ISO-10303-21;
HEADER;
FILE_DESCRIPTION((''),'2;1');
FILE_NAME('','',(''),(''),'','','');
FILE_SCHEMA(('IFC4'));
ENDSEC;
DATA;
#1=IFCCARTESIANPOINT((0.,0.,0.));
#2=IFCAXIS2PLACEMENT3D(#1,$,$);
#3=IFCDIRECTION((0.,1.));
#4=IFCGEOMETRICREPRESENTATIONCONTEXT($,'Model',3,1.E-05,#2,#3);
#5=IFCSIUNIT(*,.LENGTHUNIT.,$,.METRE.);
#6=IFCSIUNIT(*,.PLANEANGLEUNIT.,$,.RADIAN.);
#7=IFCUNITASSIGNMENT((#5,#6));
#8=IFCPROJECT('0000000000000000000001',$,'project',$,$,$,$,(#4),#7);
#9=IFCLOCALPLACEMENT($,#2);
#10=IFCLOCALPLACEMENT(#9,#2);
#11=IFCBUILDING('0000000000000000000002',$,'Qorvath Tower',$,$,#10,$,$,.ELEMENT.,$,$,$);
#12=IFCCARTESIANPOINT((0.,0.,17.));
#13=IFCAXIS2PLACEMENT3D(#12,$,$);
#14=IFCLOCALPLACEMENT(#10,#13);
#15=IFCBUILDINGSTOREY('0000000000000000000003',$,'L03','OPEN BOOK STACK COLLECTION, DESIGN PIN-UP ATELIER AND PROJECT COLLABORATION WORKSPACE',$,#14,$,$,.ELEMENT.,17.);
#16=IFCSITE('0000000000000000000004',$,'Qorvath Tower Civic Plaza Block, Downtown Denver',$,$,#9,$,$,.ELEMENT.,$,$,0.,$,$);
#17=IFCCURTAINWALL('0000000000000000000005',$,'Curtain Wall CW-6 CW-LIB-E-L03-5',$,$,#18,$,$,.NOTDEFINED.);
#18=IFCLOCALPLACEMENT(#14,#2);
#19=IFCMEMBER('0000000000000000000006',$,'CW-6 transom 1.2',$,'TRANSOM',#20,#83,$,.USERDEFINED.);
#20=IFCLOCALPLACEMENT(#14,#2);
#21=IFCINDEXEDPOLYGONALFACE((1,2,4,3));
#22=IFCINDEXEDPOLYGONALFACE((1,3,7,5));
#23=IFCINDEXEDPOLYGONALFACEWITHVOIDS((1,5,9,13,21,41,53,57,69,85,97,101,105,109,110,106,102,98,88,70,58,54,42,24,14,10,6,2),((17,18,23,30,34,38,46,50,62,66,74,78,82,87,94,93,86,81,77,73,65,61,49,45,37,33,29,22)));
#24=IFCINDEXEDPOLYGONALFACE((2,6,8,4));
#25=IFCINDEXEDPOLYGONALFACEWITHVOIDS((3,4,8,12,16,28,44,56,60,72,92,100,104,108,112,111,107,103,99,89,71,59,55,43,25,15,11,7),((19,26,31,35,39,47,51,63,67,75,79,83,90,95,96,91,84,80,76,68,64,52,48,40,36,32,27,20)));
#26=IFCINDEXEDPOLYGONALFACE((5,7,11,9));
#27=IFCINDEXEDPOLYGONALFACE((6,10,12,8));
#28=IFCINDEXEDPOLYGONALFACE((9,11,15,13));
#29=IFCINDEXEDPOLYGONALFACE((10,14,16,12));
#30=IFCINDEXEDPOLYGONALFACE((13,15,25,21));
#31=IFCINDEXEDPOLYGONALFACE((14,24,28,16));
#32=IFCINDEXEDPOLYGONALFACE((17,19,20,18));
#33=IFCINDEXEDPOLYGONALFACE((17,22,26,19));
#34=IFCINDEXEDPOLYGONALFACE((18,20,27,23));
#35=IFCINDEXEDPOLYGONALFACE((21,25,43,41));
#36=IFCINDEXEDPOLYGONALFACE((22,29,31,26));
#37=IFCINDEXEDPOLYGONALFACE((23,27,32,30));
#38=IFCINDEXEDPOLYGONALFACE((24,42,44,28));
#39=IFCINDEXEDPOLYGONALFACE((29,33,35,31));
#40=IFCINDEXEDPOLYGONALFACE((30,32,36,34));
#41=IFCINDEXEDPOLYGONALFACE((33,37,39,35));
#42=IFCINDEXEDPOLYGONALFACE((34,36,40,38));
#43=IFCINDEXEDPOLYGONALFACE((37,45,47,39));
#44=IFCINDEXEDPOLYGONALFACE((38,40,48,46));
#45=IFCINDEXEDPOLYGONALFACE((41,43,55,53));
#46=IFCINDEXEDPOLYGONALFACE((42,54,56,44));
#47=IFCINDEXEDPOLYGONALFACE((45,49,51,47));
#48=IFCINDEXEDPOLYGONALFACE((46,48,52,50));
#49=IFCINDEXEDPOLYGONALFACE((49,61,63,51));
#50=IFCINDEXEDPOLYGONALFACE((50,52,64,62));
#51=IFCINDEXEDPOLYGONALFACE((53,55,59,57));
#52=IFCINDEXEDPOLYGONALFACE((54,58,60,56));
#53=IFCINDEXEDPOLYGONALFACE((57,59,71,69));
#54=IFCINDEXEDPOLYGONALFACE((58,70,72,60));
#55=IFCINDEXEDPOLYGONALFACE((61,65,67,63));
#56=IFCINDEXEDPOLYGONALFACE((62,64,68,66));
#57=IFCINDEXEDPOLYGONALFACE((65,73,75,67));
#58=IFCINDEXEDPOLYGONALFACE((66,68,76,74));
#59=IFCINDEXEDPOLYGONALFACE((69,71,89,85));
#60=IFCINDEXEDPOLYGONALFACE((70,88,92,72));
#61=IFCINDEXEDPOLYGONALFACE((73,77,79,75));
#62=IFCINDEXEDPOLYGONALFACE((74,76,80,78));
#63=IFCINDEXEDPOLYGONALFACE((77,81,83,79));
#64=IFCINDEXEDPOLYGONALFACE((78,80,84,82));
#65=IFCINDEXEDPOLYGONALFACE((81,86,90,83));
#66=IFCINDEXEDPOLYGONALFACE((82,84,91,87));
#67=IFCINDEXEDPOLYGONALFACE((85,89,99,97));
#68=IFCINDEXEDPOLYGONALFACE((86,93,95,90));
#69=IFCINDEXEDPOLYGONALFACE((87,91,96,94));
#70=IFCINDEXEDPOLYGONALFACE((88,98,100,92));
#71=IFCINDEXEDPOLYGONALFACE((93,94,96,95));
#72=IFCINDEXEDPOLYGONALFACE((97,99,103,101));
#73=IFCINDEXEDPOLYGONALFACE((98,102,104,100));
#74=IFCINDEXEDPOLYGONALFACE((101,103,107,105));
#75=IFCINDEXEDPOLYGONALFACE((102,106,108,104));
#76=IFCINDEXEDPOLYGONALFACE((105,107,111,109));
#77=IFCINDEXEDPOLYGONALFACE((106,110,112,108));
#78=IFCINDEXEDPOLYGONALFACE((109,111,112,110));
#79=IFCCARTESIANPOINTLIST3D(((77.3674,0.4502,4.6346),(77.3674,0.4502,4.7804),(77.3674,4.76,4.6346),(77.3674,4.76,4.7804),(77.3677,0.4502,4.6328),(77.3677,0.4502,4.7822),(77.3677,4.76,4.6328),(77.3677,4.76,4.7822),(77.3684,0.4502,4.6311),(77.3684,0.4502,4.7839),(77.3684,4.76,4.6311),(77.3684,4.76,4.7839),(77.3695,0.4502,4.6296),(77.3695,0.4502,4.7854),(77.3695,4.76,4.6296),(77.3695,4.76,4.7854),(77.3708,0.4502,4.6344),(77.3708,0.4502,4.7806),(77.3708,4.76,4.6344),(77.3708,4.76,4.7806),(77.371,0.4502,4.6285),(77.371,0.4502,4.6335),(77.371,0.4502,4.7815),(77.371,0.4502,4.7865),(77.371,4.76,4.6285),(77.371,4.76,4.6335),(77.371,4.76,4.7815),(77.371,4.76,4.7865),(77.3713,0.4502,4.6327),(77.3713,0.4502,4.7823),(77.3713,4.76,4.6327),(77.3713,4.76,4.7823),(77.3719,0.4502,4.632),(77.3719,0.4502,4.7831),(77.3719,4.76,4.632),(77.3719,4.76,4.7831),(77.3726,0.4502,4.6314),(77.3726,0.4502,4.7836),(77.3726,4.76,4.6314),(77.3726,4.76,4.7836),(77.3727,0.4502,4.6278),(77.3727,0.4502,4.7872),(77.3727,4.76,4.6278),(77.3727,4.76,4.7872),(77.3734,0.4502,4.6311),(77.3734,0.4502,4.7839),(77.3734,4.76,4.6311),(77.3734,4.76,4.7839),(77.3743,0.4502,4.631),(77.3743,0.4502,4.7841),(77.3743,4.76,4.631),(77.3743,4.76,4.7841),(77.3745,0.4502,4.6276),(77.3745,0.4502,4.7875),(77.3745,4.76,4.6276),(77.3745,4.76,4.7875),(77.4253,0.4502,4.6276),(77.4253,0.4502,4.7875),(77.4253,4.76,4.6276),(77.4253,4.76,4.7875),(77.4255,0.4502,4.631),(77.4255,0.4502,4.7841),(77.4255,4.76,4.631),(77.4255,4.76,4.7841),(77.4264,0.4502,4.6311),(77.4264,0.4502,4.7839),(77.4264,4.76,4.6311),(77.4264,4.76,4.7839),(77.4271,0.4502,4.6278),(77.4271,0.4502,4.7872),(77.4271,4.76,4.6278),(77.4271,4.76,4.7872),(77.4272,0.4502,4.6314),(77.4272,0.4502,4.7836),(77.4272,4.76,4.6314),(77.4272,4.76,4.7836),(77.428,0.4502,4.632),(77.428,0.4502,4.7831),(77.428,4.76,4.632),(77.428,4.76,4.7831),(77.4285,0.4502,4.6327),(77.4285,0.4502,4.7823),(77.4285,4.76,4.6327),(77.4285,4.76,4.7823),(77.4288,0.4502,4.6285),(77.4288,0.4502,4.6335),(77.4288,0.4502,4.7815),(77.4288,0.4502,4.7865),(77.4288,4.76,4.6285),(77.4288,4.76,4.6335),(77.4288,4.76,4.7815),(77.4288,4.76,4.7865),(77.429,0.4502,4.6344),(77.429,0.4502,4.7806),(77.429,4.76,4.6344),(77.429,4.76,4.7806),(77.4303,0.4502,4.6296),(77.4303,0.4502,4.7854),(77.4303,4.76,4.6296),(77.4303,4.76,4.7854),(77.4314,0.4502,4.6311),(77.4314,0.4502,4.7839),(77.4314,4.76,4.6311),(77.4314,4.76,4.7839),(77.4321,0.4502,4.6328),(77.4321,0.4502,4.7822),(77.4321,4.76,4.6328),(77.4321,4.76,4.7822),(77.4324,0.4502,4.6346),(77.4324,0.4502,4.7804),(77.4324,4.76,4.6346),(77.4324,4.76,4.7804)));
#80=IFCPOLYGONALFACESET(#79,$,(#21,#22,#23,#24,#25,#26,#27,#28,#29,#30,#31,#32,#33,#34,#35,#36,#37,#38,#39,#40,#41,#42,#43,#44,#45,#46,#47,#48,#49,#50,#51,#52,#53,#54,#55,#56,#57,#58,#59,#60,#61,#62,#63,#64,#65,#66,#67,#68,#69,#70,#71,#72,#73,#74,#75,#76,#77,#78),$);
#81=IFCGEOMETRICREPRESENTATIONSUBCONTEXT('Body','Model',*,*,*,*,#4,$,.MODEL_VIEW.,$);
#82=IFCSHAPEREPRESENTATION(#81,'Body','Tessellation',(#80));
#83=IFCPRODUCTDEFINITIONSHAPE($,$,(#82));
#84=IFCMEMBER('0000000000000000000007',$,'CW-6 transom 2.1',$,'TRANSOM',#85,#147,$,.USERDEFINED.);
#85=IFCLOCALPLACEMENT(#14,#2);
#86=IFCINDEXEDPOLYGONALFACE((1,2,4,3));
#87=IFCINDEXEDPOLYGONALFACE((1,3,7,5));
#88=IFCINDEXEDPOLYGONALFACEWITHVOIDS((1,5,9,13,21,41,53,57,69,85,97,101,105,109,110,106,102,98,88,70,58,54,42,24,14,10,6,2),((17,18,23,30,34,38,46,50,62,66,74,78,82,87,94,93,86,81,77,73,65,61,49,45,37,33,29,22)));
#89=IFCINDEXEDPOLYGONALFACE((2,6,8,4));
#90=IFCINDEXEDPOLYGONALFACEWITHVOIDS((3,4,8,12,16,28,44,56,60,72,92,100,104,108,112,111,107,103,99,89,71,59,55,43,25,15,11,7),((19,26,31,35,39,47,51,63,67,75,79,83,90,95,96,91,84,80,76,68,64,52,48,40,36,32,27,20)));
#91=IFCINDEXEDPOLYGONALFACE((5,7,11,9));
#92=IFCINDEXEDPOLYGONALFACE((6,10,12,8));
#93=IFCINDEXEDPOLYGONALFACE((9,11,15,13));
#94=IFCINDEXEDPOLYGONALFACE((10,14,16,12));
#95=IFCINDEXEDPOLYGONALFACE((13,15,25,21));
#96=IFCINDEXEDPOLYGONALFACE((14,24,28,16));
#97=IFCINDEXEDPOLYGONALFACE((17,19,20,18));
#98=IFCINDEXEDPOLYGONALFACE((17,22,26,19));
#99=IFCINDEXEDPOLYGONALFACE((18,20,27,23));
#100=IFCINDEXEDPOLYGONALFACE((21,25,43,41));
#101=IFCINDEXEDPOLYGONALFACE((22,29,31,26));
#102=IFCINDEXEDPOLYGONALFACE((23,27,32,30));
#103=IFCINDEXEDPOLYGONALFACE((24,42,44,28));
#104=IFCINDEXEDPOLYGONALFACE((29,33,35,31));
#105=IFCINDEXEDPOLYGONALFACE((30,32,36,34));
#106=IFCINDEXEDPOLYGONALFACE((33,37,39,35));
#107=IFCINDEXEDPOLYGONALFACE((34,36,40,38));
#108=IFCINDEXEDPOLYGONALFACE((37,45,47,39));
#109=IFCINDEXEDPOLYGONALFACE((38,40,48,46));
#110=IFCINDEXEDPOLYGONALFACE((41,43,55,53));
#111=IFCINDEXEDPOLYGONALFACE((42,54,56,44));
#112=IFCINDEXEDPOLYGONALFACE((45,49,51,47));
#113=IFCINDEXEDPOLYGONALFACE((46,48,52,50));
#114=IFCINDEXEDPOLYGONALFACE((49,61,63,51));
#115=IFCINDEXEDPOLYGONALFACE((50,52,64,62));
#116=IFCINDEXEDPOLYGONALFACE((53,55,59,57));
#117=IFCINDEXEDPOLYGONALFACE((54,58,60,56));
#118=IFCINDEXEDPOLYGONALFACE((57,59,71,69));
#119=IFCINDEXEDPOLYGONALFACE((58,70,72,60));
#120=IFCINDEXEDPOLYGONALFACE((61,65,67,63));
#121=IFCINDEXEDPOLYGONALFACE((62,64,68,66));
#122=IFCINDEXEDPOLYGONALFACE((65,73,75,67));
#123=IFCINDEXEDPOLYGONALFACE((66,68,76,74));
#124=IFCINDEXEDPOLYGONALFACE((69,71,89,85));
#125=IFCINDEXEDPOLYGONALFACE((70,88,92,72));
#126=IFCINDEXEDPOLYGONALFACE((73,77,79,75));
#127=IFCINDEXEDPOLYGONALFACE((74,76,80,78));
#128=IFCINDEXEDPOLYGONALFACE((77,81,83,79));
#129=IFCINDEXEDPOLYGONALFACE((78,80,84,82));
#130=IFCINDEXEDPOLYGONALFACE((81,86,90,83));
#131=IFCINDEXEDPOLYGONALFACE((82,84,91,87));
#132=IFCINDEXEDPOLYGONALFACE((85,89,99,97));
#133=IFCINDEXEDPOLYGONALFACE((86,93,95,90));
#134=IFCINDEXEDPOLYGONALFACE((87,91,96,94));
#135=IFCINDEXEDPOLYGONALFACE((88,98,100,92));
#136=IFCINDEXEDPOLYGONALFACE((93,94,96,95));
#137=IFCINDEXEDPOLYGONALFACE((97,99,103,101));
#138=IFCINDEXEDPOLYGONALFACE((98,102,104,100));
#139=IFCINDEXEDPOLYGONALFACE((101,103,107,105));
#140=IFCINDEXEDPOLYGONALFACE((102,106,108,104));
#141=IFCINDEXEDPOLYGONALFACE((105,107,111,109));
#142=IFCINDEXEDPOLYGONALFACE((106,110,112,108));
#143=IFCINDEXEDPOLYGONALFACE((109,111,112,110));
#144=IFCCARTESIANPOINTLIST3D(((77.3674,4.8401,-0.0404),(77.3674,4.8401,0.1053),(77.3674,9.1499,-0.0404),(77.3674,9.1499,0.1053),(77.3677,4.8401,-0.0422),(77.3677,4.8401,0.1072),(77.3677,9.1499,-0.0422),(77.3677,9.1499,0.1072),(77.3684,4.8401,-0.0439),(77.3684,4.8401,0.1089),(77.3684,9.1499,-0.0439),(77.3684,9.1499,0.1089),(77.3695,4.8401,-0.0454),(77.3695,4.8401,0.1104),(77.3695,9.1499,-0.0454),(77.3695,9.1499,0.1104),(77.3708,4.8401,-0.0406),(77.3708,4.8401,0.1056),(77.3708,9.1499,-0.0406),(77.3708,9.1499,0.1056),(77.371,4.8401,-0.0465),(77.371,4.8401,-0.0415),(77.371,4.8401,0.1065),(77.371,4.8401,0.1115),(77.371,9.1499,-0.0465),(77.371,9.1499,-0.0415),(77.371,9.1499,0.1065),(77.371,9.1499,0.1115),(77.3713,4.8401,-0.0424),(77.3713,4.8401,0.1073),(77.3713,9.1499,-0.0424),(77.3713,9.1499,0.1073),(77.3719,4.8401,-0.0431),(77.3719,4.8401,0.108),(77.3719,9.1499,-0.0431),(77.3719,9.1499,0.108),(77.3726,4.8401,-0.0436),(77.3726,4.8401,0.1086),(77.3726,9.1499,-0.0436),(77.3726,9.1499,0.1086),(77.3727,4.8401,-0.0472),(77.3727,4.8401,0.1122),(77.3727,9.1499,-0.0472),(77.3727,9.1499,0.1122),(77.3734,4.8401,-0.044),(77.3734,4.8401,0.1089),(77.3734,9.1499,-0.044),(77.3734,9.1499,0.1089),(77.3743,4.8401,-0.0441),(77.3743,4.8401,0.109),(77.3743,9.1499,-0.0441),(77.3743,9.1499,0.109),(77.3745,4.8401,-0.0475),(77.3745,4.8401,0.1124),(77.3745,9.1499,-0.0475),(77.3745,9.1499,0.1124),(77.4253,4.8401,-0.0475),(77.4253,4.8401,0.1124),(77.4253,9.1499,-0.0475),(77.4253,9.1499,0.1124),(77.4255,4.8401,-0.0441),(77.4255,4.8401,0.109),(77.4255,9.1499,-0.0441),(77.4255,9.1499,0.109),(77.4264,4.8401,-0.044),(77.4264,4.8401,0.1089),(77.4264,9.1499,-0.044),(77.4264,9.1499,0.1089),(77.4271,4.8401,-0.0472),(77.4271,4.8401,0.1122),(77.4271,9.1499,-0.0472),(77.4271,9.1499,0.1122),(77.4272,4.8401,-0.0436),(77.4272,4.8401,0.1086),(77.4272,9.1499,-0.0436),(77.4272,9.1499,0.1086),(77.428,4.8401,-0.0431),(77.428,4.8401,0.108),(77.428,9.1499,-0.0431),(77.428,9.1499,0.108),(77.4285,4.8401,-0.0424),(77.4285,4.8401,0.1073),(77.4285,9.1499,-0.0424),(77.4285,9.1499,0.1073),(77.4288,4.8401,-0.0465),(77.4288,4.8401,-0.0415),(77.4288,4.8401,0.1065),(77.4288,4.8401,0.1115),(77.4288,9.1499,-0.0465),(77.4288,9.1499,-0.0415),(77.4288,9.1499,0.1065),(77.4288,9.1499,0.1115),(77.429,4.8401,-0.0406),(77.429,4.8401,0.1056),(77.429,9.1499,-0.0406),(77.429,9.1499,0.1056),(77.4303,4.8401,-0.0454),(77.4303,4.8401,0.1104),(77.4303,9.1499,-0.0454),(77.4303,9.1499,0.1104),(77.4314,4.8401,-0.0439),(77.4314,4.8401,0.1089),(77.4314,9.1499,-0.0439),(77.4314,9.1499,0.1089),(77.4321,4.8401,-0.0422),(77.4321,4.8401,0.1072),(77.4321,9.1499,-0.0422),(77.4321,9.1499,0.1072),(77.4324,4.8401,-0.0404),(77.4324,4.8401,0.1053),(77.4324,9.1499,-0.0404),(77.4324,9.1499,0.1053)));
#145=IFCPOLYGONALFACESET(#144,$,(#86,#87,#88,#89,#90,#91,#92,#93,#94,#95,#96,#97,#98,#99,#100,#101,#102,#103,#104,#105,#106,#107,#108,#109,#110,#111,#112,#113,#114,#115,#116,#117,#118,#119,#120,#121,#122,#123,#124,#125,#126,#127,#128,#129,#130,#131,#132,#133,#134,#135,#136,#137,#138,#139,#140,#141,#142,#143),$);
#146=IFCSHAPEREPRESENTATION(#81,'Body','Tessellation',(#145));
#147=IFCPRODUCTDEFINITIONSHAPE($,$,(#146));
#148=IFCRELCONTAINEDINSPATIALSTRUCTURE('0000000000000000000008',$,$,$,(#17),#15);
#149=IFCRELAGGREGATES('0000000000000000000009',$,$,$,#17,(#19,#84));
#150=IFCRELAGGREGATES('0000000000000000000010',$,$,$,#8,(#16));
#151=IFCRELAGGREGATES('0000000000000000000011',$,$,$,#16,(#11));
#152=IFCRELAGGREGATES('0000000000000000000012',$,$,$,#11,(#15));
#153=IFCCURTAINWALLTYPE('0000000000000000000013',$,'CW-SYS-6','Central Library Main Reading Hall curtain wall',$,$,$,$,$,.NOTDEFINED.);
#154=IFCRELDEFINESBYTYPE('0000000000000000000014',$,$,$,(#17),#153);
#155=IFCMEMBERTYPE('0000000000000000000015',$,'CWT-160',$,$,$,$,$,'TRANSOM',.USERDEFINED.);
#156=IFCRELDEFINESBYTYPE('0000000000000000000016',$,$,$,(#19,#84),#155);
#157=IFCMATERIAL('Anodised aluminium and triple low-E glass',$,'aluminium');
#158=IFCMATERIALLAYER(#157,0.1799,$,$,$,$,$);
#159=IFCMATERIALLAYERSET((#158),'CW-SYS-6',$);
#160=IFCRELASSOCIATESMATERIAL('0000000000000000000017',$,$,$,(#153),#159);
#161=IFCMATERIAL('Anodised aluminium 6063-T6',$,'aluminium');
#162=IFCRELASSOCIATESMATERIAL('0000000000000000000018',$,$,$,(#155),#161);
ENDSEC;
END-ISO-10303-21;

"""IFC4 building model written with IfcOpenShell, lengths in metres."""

from ifc_helpers import new_model, si_unit, direction, frame, origin, origin_2d, place, context, subcontext, project, spatial, hollow_rectangle, extrude, material, layer, layer_set, material_profile, profile_set, type_object, element, aggregate, save


model = new_model("IFC4")

# Units and contexts
model_context = context("Model", 3, precision=1e-05, world=origin(), true_north=direction((0.0, 1.0)))
body_context = subcontext(model_context, "Body", "Model", "MODEL_VIEW")
ifc_project = project(units=[si_unit("LENGTHUNIT", "METRE"), si_unit("PLANEANGLEUNIT", "RADIAN")], contexts=[model_context])

# Site, building, storey
site_placement = place(None, origin())
site = spatial("IfcSite", under=ifc_project, at=site_placement, Name="Qorvath Tower Civic Plaza Block, Downtown Denver", CompositionType="ELEMENT", RefElevation=0.0)
building_placement = place(site_placement, origin())
building = spatial("IfcBuilding", under=site, at=building_placement, Name="Qorvath Tower", CompositionType="ELEMENT")
storey_placement = place(building_placement, frame((0.0, 0.0, 17.0)))
storey = spatial("IfcBuildingStorey", under=building, at=storey_placement, Name="L03", Description="OPEN BOOK STACK COLLECTION, DESIGN PIN-UP ATELIER AND PROJECT COLLABORATION WORKSPACE", CompositionType="ELEMENT", Elevation=17.0)

# Curtain wall
ifc_material_1 = material(Name="Anodised aluminium and triple low-E glass", Category="aluminium")
ifc_layer_1 = layer(ifc_material_1, 0.1799)
ifc_layer_set_1 = layer_set([ifc_layer_1], Name="CW-SYS-6")
curtain_wall_type = type_object("IfcCurtainWallType", Name="CW-SYS-6", Description="Central Library Main Reading Hall curtain wall", PredefinedType="NOTDEFINED", material=ifc_layer_set_1)
curtain_wall_1_placement = place(storey_placement, origin())
curtain_wall_1 = element("IfcCurtainWall", 1, at=curtain_wall_1_placement, inside=storey, type_object=curtain_wall_type, Name="Curtain Wall CW-6 CW-LIB-E-L03-5", PredefinedType="NOTDEFINED")

# Members
ifc_material_2 = material(Name="Anodised aluminium 6063-T6", Category="aluminium")
ifc_material_profile_1 = material_profile(ifc_material_2, hollow_rectangle(XDim=0.0649, YDim=0.1599, WallThickness=0.0034, InnerFilletRadius=0.0034, OuterFilletRadius=0.0071, at=origin_2d()), Name="CWT 160x65")
ifc_profile_set_1 = profile_set([ifc_material_profile_1], Name="Anodised aluminium 6063-T6")
member_type_1 = type_object("IfcMemberType", Name="CWT-160", ElementType="TRANSOM", PredefinedType="USERDEFINED", material=ifc_profile_set_1)
member_1_placement = place(storey_placement, frame((77.3999, 0.4502, 4.7075), z_axis=(0.0, 1.0, 0.0), x_axis=(-1.0, 0.0, 0.0)))
member_1 = element("IfcMember", 2, at=member_1_placement, type_object=member_type_1, Name="CW-6 transom 1.2", ObjectType="TRANSOM", PredefinedType="USERDEFINED", context=body_context, shape_type="SweptSolid", body=[
    extrude(hollow_rectangle(XDim=0.0649, YDim=0.1599, WallThickness=0.0034, InnerFilletRadius=0.0034, OuterFilletRadius=0.0071, at=origin_2d()), origin(), (0.0, 0.0, 1.0), 4.3098),
])
member_2_placement = place(storey_placement, frame((77.3999, 4.8401, 0.0325), z_axis=(0.0, 1.0, 0.0), x_axis=(-1.0, 0.0, 0.0)))
member_2 = element("IfcMember", 3, at=member_2_placement, type_object=member_type_1, Name="CW-6 transom 2.1", ObjectType="TRANSOM", PredefinedType="USERDEFINED", context=body_context, shape_type="SweptSolid", body=[
    extrude(hollow_rectangle(XDim=0.0649, YDim=0.1599, WallThickness=0.0034, InnerFilletRadius=0.0034, OuterFilletRadius=0.0071, at=origin_2d()), origin(), (0.0, 0.0, 1.0), 4.3098),
])

aggregate(curtain_wall_1, [member_1, member_2])

save(model, "model.ifc")
